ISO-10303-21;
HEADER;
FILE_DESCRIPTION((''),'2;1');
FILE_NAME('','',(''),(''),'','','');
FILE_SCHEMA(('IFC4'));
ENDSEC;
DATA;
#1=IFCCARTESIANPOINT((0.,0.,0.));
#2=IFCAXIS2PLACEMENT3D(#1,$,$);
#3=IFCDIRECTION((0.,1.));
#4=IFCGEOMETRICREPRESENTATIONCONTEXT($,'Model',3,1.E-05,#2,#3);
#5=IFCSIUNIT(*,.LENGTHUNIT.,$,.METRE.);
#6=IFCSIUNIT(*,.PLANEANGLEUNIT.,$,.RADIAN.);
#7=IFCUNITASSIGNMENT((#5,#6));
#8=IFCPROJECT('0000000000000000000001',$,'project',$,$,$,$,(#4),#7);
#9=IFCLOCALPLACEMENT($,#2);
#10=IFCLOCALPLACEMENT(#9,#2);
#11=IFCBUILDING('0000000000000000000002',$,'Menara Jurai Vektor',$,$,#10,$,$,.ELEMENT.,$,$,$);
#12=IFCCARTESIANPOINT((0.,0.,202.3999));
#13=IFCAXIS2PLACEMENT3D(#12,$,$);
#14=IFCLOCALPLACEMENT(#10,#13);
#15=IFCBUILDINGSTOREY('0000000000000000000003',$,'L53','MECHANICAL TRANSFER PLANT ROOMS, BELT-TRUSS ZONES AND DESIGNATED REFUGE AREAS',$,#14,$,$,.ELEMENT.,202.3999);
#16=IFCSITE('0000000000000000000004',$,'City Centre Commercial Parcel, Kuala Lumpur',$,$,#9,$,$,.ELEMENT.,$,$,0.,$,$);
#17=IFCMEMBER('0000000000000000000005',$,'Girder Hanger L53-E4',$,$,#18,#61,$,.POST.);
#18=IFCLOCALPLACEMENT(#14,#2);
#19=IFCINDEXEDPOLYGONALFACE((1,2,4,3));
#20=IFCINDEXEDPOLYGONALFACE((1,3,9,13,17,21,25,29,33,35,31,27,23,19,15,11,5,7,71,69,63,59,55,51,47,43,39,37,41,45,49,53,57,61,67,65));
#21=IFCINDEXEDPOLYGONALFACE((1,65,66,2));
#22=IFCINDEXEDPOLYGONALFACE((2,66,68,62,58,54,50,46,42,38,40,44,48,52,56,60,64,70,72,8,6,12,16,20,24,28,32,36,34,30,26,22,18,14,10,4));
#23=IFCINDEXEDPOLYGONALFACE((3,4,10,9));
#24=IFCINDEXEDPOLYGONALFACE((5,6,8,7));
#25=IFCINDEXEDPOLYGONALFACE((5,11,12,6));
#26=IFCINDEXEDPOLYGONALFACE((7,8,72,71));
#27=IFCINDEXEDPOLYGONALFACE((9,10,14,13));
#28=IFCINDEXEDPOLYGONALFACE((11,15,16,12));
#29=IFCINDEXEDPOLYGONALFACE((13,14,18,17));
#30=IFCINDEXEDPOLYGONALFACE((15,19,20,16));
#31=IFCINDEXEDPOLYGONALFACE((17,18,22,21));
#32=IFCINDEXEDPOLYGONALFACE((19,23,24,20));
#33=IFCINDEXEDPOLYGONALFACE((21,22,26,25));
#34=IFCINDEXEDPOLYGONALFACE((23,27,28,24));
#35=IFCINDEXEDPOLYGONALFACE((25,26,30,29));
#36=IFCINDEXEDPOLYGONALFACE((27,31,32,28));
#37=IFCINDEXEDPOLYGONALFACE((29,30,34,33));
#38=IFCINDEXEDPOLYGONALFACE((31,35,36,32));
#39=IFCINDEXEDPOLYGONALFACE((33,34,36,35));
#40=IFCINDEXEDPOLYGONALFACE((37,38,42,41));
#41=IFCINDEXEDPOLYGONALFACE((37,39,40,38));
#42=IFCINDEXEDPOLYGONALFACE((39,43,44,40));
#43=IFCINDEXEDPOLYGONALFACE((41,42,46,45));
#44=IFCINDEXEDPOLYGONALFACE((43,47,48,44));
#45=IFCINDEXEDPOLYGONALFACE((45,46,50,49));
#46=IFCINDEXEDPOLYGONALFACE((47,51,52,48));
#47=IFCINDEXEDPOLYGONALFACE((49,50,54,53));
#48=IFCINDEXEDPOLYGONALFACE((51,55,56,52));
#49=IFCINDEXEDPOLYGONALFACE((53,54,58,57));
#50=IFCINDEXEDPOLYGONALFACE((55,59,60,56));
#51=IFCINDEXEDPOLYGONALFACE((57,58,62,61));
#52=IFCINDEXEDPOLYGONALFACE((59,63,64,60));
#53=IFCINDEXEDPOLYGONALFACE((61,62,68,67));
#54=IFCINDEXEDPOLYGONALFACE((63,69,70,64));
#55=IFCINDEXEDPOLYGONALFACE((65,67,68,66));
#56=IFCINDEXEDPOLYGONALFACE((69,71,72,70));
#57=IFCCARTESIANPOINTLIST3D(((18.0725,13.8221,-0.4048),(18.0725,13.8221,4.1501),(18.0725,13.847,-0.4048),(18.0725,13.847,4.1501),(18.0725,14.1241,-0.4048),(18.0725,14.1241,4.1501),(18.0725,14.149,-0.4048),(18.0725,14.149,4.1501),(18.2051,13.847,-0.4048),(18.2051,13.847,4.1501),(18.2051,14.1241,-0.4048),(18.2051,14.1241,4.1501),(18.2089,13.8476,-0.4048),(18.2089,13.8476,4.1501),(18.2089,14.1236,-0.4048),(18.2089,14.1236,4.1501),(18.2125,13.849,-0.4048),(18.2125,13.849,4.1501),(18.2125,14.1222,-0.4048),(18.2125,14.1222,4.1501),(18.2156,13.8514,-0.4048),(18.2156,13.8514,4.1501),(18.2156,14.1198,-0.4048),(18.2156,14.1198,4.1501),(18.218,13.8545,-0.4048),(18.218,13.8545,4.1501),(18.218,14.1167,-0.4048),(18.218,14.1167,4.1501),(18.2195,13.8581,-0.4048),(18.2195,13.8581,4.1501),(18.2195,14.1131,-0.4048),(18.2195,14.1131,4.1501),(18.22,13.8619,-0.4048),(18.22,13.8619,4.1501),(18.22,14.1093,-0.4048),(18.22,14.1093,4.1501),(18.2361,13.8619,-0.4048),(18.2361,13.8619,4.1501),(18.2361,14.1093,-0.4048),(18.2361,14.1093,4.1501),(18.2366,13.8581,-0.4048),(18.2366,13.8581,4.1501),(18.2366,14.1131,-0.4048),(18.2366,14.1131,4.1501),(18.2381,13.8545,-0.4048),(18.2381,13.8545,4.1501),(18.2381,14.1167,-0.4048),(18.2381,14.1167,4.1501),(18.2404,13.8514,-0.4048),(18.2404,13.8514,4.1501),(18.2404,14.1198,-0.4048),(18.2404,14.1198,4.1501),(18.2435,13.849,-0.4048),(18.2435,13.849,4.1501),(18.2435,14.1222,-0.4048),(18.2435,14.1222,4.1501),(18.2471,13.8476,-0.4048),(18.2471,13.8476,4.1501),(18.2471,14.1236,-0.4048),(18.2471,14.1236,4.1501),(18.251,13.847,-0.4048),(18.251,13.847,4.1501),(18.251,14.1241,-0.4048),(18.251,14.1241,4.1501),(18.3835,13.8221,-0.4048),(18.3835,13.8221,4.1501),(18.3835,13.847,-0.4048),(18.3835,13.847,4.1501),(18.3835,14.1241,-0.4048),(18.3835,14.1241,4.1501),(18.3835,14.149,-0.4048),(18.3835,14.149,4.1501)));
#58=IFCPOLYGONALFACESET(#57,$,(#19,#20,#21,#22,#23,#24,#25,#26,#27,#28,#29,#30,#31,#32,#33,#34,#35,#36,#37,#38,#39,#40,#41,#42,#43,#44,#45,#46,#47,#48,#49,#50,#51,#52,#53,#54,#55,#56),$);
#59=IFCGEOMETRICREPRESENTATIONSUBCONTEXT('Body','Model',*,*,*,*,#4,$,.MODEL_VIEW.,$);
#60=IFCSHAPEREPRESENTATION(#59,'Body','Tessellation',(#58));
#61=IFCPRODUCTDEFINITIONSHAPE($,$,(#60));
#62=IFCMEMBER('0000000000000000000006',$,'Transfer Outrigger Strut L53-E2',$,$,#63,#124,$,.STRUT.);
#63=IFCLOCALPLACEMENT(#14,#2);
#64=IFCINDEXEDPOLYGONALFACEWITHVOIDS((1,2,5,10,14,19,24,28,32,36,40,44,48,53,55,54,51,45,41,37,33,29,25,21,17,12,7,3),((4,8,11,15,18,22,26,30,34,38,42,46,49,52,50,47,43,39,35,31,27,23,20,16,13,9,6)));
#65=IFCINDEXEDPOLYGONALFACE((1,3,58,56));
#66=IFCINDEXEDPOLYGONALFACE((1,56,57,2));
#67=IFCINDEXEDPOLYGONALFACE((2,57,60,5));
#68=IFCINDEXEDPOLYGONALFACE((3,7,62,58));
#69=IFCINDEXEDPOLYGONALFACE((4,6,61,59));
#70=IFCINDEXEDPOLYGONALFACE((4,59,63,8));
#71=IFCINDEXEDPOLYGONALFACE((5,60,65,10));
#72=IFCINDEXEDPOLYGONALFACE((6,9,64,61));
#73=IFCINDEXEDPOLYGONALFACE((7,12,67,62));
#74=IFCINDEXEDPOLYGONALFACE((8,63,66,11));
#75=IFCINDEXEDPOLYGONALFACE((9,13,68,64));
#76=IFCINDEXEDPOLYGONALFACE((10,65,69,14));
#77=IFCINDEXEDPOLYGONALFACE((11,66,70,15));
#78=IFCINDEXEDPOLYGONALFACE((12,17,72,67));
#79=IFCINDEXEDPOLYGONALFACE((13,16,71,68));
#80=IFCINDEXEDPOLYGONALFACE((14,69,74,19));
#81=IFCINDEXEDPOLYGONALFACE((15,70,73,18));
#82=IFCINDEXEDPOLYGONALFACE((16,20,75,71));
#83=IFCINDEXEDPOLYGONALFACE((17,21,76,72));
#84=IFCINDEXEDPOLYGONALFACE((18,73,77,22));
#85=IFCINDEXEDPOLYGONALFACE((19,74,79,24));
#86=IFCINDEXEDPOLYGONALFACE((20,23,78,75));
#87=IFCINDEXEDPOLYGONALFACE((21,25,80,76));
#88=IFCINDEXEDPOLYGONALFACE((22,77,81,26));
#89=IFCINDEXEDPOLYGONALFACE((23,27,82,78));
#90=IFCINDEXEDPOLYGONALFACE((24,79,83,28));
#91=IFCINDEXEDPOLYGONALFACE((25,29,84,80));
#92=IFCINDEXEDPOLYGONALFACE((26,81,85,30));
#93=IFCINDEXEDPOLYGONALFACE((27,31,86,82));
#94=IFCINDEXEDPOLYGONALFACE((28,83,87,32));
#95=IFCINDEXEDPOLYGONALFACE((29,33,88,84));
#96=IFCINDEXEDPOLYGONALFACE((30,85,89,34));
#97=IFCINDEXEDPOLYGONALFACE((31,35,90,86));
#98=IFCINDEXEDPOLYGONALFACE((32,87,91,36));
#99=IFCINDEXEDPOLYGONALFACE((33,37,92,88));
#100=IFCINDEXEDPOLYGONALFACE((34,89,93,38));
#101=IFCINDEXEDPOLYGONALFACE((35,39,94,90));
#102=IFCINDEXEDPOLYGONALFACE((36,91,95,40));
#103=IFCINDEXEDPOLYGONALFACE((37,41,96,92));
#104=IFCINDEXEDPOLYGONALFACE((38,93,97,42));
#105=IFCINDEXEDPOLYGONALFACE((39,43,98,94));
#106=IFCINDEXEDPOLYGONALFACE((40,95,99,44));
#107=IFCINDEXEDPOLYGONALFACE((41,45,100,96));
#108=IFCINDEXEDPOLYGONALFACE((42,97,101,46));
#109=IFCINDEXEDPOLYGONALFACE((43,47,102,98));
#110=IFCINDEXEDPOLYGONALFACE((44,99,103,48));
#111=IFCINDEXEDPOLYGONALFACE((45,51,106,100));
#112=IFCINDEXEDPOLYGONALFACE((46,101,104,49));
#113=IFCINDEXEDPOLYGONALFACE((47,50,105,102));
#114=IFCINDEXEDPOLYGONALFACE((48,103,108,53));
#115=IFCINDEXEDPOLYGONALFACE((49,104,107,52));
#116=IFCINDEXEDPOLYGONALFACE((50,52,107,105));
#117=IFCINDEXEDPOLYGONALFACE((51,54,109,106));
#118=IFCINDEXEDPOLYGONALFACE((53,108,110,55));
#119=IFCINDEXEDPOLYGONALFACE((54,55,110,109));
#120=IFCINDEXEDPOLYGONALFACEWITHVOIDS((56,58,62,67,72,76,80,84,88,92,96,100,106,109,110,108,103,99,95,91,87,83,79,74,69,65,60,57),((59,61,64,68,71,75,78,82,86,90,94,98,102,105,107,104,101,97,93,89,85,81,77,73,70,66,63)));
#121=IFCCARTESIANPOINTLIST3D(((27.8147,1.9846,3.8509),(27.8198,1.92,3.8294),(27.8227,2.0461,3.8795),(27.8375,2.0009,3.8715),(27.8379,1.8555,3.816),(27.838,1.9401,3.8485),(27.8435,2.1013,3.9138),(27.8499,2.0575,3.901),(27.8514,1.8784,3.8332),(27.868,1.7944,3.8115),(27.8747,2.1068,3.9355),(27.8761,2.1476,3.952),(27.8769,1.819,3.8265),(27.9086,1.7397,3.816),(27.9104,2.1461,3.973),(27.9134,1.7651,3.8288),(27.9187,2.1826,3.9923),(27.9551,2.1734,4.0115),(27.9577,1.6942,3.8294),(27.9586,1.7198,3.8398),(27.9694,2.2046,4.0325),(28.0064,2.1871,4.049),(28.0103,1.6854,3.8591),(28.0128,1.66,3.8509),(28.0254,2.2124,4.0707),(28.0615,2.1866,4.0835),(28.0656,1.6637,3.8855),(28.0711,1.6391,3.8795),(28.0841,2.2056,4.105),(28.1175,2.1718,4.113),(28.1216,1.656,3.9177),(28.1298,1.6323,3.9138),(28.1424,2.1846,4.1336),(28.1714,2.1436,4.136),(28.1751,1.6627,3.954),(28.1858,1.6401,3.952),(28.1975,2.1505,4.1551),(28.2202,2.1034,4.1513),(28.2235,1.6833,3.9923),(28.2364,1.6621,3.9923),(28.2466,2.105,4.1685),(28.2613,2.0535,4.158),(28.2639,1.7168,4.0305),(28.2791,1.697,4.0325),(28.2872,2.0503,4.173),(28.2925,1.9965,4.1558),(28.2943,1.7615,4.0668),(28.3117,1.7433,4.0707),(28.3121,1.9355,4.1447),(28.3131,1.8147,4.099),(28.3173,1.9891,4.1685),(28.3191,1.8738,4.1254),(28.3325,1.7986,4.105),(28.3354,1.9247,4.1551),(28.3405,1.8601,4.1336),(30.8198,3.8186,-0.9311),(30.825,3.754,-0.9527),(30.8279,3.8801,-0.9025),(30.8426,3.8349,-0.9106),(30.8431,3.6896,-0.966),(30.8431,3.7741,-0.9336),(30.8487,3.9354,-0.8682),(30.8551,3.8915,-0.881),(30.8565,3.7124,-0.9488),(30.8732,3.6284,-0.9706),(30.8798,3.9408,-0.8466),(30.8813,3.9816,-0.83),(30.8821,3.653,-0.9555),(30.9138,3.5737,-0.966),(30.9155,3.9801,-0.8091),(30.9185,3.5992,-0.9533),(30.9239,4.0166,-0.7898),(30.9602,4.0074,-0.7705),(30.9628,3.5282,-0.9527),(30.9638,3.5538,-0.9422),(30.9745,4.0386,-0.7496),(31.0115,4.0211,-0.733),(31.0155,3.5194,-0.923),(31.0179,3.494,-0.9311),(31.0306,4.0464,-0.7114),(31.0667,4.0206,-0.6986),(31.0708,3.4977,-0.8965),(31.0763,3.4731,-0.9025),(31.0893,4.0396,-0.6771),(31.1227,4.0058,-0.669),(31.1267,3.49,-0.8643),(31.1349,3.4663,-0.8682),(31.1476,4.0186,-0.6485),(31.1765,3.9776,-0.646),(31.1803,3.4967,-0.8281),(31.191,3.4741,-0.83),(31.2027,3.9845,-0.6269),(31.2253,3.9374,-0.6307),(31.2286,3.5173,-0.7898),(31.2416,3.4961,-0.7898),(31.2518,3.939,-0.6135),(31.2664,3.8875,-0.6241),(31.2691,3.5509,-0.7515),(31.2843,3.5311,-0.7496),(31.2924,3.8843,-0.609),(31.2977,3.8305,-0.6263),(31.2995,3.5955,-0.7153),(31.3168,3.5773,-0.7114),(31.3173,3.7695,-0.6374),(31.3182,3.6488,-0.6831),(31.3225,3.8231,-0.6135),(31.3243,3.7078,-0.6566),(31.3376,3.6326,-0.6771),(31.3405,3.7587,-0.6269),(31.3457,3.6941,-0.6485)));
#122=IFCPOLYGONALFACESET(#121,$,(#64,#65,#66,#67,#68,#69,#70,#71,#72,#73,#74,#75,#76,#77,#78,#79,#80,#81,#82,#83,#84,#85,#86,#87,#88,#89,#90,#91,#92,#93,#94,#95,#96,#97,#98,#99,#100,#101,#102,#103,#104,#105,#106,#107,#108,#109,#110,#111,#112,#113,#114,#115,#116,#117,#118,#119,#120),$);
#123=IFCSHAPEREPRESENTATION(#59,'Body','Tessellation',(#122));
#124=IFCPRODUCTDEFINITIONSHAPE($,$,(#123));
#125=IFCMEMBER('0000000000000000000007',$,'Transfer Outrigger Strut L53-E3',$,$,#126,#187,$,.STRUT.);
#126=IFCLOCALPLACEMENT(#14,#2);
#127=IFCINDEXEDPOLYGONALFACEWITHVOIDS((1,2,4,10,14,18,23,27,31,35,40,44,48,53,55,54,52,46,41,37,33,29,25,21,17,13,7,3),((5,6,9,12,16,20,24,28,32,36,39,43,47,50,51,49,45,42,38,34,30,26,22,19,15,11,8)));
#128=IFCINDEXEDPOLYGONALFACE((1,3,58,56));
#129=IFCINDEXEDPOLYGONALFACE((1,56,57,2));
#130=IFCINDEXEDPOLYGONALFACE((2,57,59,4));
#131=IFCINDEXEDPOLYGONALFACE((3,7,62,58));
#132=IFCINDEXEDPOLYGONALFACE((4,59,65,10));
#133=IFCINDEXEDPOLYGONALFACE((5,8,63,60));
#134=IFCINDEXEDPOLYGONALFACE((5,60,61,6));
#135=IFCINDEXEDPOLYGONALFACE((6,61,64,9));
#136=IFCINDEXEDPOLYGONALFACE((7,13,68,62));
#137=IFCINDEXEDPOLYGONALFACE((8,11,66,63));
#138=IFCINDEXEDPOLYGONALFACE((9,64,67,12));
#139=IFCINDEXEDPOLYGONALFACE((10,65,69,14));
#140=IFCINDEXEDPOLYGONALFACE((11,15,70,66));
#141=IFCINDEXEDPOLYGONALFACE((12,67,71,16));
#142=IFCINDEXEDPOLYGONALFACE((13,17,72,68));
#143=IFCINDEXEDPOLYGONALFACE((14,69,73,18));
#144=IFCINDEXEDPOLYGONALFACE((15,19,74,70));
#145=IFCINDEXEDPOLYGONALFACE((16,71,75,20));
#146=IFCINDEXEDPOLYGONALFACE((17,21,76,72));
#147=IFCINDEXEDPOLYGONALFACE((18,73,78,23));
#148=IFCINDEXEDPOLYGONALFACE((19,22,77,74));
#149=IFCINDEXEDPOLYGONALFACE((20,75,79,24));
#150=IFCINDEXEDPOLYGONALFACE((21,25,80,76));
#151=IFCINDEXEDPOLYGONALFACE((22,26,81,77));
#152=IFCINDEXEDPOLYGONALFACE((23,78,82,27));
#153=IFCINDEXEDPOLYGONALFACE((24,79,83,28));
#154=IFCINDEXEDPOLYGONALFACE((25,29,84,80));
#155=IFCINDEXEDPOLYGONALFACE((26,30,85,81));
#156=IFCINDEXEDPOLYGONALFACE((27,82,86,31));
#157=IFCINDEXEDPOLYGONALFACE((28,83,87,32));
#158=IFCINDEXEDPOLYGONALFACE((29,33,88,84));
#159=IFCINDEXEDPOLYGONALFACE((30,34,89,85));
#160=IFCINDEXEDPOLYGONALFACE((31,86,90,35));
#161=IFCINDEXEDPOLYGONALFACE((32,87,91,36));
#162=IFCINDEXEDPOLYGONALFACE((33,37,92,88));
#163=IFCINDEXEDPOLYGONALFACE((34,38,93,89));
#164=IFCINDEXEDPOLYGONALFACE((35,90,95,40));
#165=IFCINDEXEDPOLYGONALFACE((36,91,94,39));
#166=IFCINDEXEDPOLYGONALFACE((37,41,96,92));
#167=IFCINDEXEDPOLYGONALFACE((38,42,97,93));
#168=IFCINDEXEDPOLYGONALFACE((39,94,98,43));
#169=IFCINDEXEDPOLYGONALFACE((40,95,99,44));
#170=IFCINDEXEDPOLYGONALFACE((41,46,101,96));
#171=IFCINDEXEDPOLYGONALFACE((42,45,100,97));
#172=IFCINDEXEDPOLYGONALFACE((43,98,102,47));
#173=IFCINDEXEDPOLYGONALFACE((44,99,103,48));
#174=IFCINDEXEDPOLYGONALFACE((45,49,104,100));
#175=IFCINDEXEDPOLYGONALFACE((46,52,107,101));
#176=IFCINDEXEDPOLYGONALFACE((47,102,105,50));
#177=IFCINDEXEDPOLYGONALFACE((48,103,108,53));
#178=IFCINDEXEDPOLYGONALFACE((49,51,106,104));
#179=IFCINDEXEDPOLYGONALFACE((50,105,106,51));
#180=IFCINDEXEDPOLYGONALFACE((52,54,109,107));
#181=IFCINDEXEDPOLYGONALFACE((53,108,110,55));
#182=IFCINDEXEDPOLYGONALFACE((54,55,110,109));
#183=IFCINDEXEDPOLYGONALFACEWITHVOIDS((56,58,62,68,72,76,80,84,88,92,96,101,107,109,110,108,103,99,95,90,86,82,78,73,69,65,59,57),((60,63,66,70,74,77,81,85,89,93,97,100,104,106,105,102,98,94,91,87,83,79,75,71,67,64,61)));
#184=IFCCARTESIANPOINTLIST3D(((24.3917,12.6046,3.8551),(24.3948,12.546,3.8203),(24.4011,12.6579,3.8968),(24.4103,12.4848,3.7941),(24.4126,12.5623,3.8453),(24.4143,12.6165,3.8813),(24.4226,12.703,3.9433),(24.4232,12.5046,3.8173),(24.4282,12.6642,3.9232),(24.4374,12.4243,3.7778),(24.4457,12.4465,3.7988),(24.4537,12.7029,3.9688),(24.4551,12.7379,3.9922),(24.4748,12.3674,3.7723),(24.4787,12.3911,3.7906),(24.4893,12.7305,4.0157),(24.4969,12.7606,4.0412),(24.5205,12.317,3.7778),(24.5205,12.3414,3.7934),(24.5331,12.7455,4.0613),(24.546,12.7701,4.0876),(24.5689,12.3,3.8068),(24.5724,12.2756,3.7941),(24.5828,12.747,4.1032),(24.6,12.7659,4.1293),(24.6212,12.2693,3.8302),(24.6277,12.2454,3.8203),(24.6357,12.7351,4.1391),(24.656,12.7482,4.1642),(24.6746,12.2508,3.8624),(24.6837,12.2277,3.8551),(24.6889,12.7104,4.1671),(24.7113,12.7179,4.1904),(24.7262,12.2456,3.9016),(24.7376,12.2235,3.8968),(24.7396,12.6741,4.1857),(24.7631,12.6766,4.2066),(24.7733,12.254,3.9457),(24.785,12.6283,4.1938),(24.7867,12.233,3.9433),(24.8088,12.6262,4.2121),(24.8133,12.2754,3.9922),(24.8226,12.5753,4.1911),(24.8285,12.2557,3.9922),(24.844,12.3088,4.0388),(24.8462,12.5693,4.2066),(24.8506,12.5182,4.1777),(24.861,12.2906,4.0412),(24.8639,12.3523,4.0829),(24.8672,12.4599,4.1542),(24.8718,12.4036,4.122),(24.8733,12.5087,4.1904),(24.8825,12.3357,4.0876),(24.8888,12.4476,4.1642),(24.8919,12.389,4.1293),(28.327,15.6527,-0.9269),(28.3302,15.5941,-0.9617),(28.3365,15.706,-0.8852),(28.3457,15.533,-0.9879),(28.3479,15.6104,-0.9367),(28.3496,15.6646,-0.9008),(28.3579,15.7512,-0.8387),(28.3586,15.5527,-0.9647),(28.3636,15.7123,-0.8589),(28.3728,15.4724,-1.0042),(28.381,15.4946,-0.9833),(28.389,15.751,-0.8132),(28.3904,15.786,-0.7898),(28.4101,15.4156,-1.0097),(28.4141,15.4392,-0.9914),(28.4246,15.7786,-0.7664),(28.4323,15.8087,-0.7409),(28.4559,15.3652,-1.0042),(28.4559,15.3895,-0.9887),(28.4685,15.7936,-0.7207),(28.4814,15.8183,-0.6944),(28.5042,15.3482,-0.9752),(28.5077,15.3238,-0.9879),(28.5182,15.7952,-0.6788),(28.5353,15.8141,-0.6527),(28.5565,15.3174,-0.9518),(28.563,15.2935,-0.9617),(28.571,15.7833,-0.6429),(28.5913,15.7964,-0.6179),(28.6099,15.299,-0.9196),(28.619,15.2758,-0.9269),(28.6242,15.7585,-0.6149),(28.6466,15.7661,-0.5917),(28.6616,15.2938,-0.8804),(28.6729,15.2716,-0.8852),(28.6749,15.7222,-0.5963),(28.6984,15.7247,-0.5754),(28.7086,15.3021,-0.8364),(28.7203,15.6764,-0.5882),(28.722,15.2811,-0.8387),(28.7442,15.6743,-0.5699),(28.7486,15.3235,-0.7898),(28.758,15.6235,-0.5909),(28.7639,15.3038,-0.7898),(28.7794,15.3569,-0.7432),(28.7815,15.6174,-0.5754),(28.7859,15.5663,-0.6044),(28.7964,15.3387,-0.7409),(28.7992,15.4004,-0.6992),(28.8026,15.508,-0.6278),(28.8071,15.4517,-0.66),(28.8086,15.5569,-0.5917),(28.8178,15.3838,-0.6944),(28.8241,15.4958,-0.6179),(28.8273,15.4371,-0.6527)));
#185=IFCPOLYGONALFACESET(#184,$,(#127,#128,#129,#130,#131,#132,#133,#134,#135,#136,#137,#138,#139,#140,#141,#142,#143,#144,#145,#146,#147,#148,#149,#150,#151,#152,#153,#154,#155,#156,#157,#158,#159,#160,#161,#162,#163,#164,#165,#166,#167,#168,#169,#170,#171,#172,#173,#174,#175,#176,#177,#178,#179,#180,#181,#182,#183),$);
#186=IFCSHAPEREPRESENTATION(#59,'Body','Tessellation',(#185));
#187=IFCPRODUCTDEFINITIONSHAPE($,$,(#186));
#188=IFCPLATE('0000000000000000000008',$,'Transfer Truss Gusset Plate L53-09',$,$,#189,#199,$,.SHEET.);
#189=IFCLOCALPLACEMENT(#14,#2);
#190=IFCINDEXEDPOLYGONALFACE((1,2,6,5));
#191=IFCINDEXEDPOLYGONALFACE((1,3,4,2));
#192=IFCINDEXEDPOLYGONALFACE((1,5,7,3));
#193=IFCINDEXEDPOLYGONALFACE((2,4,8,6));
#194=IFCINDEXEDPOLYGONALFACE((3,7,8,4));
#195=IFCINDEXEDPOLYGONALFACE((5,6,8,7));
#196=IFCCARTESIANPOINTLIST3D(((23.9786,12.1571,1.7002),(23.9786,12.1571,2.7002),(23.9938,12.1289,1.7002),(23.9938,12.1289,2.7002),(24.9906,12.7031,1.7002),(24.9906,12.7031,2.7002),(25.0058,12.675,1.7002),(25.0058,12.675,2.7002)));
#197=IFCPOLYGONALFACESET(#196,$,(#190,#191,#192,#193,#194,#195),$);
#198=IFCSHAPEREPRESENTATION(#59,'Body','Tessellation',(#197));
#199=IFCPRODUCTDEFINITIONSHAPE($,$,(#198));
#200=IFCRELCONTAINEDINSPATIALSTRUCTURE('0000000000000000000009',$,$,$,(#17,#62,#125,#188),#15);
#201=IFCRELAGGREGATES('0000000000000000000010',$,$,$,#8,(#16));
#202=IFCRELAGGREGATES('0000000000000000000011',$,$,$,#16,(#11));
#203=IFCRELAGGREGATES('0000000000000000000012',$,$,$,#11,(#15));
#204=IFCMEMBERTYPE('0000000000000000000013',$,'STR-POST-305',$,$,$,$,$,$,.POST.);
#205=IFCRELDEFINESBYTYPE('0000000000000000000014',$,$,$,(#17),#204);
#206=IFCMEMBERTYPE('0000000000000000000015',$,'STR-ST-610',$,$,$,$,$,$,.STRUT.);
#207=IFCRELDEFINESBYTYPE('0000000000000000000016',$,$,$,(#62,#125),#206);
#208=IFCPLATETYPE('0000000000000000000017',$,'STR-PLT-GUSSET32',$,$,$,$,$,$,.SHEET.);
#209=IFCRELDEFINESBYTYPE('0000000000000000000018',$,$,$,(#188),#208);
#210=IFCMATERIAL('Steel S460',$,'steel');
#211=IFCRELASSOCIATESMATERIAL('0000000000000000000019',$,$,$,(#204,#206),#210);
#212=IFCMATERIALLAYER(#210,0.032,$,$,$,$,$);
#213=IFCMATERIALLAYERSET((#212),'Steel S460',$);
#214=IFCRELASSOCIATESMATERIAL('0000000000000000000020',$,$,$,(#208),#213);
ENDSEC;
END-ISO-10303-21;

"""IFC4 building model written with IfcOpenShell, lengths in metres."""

from ifc_helpers import new_model, si_unit, direction, frame, origin, origin_2d, place, context, subcontext, project, spatial, rectangle, hollow_circle, i_section, extrude, material, layer, layer_set, material_profile, profile_set, type_object, element, save


model = new_model("IFC4")

# Units and contexts
model_context = context("Model", 3, precision=1e-05, world=origin(), true_north=direction((0.0, 1.0)))
body_context = subcontext(model_context, "Body", "Model", "MODEL_VIEW")
ifc_project = project(units=[si_unit("LENGTHUNIT", "METRE"), si_unit("PLANEANGLEUNIT", "RADIAN")], contexts=[model_context])

# Site, building, storey
site_placement = place(None, origin())
site = spatial("IfcSite", under=ifc_project, at=site_placement, Name="City Centre Commercial Parcel, Kuala Lumpur", CompositionType="ELEMENT", RefElevation=0.0)
building_placement = place(site_placement, origin())
building = spatial("IfcBuilding", under=site, at=building_placement, Name="Menara Jurai Vektor", CompositionType="ELEMENT")
storey_placement = place(building_placement, frame((0.0, 0.0, 202.3999)))
storey = spatial("IfcBuildingStorey", under=building, at=storey_placement, Name="L53", Description="MECHANICAL TRANSFER PLANT ROOMS, BELT-TRUSS ZONES AND DESIGNATED REFUGE AREAS", CompositionType="ELEMENT", Elevation=202.3999)

# Shared definitions
ifc_material_1 = material(Name="Steel S460", Category="steel")

# Members
ifc_material_profile_1 = material_profile(ifc_material_1, i_section(OverallWidth=0.311, OverallDepth=0.3269, WebThickness=0.0161, FlangeThickness=0.0249, FilletRadius=0.0149, at=origin_2d()), Name="UKC 305x305x158")
ifc_profile_set_1 = profile_set([ifc_material_profile_1], Name="Steel S460")
member_type_1 = type_object("IfcMemberType", Name="STR-POST-305", PredefinedType="POST", material=ifc_profile_set_1)
member_1_placement = place(storey_placement, frame((18.228, 13.9856, -0.4048), z_axis=(0.0, 0.0, 1.0), x_axis=(1.0, 0.0, 0.0)))
element("IfcMember", 1, at=member_1_placement, inside=storey, type_object=member_type_1, Name="Girder Hanger L53-E4", PredefinedType="POST", context=body_context, shape_type="SweptSolid", body=[
    extrude(i_section(OverallWidth=0.311, OverallDepth=0.3269, WebThickness=0.0161, FlangeThickness=0.0249, FilletRadius=0.0149, at=origin_2d()), origin(), (0.0, 0.0, 1.0), 4.5549),
])
ifc_material_profile_2 = material_profile(ifc_material_1, hollow_circle(Radius=0.3049, WallThickness=0.0249, at=origin_2d()), Name="CHS 610x25")
ifc_profile_set_2 = profile_set([ifc_material_profile_2], Name="Steel S460")
member_type_2 = type_object("IfcMemberType", Name="STR-ST-610", PredefinedType="STRUT", material=ifc_profile_set_2)
member_2_placement = place(storey_placement, frame((31.0828, 3.7563, -0.7898), z_axis=(-0.506071, -0.308848, 0.805298), x_axis=(0.520937, -0.853595, 0.0)))
element("IfcMember", 2, at=member_2_placement, inside=storey, type_object=member_type_2, Name="Transfer Outrigger Strut L53-E2", PredefinedType="STRUT", context=body_context, shape_type="SweptSolid", body=[
    extrude(hollow_circle(Radius=0.3049, WallThickness=0.0249, at=origin_2d()), origin(), (0.0, 0.0, 1.0), 5.9382),
])
member_3_placement = place(storey_placement, frame((28.5771, 15.5449, -0.7898), z_axis=(-0.570125, -0.441591, 0.692787), x_axis=(0.61235, -0.790587, 0.0)))
element("IfcMember", 3, at=member_3_placement, inside=storey, type_object=member_type_2, Name="Transfer Outrigger Strut L53-E3", PredefinedType="STRUT", context=body_context, shape_type="SweptSolid", body=[
    extrude(hollow_circle(Radius=0.3049, WallThickness=0.0249, at=origin_2d()), origin(), (0.0, 0.0, 1.0), 6.9026),
])

# Plate
ifc_layer = layer(ifc_material_1, 0.032)
ifc_layer_set = layer_set([ifc_layer], Name="Steel S460")
plate_type = type_object("IfcPlateType", Name="STR-PLT-GUSSET32", PredefinedType="SHEET", material=ifc_layer_set)
plate_placement = place(storey_placement, frame((24.4922, 12.416, 1.7002), z_axis=(0.0, 0.0, 1.0), x_axis=(-0.880063, -0.474856, 0.0)))
element("IfcPlate", 4, at=plate_placement, inside=storey, type_object=plate_type, Name="Transfer Truss Gusset Plate L53-09", PredefinedType="SHEET", context=body_context, shape_type="SweptSolid", body=[
    extrude(rectangle(XDim=1.1499, YDim=0.032, at=origin_2d()), origin(), (0.0, 0.0, 1.0), 1.0),
])

save(model, "model.ifc")
